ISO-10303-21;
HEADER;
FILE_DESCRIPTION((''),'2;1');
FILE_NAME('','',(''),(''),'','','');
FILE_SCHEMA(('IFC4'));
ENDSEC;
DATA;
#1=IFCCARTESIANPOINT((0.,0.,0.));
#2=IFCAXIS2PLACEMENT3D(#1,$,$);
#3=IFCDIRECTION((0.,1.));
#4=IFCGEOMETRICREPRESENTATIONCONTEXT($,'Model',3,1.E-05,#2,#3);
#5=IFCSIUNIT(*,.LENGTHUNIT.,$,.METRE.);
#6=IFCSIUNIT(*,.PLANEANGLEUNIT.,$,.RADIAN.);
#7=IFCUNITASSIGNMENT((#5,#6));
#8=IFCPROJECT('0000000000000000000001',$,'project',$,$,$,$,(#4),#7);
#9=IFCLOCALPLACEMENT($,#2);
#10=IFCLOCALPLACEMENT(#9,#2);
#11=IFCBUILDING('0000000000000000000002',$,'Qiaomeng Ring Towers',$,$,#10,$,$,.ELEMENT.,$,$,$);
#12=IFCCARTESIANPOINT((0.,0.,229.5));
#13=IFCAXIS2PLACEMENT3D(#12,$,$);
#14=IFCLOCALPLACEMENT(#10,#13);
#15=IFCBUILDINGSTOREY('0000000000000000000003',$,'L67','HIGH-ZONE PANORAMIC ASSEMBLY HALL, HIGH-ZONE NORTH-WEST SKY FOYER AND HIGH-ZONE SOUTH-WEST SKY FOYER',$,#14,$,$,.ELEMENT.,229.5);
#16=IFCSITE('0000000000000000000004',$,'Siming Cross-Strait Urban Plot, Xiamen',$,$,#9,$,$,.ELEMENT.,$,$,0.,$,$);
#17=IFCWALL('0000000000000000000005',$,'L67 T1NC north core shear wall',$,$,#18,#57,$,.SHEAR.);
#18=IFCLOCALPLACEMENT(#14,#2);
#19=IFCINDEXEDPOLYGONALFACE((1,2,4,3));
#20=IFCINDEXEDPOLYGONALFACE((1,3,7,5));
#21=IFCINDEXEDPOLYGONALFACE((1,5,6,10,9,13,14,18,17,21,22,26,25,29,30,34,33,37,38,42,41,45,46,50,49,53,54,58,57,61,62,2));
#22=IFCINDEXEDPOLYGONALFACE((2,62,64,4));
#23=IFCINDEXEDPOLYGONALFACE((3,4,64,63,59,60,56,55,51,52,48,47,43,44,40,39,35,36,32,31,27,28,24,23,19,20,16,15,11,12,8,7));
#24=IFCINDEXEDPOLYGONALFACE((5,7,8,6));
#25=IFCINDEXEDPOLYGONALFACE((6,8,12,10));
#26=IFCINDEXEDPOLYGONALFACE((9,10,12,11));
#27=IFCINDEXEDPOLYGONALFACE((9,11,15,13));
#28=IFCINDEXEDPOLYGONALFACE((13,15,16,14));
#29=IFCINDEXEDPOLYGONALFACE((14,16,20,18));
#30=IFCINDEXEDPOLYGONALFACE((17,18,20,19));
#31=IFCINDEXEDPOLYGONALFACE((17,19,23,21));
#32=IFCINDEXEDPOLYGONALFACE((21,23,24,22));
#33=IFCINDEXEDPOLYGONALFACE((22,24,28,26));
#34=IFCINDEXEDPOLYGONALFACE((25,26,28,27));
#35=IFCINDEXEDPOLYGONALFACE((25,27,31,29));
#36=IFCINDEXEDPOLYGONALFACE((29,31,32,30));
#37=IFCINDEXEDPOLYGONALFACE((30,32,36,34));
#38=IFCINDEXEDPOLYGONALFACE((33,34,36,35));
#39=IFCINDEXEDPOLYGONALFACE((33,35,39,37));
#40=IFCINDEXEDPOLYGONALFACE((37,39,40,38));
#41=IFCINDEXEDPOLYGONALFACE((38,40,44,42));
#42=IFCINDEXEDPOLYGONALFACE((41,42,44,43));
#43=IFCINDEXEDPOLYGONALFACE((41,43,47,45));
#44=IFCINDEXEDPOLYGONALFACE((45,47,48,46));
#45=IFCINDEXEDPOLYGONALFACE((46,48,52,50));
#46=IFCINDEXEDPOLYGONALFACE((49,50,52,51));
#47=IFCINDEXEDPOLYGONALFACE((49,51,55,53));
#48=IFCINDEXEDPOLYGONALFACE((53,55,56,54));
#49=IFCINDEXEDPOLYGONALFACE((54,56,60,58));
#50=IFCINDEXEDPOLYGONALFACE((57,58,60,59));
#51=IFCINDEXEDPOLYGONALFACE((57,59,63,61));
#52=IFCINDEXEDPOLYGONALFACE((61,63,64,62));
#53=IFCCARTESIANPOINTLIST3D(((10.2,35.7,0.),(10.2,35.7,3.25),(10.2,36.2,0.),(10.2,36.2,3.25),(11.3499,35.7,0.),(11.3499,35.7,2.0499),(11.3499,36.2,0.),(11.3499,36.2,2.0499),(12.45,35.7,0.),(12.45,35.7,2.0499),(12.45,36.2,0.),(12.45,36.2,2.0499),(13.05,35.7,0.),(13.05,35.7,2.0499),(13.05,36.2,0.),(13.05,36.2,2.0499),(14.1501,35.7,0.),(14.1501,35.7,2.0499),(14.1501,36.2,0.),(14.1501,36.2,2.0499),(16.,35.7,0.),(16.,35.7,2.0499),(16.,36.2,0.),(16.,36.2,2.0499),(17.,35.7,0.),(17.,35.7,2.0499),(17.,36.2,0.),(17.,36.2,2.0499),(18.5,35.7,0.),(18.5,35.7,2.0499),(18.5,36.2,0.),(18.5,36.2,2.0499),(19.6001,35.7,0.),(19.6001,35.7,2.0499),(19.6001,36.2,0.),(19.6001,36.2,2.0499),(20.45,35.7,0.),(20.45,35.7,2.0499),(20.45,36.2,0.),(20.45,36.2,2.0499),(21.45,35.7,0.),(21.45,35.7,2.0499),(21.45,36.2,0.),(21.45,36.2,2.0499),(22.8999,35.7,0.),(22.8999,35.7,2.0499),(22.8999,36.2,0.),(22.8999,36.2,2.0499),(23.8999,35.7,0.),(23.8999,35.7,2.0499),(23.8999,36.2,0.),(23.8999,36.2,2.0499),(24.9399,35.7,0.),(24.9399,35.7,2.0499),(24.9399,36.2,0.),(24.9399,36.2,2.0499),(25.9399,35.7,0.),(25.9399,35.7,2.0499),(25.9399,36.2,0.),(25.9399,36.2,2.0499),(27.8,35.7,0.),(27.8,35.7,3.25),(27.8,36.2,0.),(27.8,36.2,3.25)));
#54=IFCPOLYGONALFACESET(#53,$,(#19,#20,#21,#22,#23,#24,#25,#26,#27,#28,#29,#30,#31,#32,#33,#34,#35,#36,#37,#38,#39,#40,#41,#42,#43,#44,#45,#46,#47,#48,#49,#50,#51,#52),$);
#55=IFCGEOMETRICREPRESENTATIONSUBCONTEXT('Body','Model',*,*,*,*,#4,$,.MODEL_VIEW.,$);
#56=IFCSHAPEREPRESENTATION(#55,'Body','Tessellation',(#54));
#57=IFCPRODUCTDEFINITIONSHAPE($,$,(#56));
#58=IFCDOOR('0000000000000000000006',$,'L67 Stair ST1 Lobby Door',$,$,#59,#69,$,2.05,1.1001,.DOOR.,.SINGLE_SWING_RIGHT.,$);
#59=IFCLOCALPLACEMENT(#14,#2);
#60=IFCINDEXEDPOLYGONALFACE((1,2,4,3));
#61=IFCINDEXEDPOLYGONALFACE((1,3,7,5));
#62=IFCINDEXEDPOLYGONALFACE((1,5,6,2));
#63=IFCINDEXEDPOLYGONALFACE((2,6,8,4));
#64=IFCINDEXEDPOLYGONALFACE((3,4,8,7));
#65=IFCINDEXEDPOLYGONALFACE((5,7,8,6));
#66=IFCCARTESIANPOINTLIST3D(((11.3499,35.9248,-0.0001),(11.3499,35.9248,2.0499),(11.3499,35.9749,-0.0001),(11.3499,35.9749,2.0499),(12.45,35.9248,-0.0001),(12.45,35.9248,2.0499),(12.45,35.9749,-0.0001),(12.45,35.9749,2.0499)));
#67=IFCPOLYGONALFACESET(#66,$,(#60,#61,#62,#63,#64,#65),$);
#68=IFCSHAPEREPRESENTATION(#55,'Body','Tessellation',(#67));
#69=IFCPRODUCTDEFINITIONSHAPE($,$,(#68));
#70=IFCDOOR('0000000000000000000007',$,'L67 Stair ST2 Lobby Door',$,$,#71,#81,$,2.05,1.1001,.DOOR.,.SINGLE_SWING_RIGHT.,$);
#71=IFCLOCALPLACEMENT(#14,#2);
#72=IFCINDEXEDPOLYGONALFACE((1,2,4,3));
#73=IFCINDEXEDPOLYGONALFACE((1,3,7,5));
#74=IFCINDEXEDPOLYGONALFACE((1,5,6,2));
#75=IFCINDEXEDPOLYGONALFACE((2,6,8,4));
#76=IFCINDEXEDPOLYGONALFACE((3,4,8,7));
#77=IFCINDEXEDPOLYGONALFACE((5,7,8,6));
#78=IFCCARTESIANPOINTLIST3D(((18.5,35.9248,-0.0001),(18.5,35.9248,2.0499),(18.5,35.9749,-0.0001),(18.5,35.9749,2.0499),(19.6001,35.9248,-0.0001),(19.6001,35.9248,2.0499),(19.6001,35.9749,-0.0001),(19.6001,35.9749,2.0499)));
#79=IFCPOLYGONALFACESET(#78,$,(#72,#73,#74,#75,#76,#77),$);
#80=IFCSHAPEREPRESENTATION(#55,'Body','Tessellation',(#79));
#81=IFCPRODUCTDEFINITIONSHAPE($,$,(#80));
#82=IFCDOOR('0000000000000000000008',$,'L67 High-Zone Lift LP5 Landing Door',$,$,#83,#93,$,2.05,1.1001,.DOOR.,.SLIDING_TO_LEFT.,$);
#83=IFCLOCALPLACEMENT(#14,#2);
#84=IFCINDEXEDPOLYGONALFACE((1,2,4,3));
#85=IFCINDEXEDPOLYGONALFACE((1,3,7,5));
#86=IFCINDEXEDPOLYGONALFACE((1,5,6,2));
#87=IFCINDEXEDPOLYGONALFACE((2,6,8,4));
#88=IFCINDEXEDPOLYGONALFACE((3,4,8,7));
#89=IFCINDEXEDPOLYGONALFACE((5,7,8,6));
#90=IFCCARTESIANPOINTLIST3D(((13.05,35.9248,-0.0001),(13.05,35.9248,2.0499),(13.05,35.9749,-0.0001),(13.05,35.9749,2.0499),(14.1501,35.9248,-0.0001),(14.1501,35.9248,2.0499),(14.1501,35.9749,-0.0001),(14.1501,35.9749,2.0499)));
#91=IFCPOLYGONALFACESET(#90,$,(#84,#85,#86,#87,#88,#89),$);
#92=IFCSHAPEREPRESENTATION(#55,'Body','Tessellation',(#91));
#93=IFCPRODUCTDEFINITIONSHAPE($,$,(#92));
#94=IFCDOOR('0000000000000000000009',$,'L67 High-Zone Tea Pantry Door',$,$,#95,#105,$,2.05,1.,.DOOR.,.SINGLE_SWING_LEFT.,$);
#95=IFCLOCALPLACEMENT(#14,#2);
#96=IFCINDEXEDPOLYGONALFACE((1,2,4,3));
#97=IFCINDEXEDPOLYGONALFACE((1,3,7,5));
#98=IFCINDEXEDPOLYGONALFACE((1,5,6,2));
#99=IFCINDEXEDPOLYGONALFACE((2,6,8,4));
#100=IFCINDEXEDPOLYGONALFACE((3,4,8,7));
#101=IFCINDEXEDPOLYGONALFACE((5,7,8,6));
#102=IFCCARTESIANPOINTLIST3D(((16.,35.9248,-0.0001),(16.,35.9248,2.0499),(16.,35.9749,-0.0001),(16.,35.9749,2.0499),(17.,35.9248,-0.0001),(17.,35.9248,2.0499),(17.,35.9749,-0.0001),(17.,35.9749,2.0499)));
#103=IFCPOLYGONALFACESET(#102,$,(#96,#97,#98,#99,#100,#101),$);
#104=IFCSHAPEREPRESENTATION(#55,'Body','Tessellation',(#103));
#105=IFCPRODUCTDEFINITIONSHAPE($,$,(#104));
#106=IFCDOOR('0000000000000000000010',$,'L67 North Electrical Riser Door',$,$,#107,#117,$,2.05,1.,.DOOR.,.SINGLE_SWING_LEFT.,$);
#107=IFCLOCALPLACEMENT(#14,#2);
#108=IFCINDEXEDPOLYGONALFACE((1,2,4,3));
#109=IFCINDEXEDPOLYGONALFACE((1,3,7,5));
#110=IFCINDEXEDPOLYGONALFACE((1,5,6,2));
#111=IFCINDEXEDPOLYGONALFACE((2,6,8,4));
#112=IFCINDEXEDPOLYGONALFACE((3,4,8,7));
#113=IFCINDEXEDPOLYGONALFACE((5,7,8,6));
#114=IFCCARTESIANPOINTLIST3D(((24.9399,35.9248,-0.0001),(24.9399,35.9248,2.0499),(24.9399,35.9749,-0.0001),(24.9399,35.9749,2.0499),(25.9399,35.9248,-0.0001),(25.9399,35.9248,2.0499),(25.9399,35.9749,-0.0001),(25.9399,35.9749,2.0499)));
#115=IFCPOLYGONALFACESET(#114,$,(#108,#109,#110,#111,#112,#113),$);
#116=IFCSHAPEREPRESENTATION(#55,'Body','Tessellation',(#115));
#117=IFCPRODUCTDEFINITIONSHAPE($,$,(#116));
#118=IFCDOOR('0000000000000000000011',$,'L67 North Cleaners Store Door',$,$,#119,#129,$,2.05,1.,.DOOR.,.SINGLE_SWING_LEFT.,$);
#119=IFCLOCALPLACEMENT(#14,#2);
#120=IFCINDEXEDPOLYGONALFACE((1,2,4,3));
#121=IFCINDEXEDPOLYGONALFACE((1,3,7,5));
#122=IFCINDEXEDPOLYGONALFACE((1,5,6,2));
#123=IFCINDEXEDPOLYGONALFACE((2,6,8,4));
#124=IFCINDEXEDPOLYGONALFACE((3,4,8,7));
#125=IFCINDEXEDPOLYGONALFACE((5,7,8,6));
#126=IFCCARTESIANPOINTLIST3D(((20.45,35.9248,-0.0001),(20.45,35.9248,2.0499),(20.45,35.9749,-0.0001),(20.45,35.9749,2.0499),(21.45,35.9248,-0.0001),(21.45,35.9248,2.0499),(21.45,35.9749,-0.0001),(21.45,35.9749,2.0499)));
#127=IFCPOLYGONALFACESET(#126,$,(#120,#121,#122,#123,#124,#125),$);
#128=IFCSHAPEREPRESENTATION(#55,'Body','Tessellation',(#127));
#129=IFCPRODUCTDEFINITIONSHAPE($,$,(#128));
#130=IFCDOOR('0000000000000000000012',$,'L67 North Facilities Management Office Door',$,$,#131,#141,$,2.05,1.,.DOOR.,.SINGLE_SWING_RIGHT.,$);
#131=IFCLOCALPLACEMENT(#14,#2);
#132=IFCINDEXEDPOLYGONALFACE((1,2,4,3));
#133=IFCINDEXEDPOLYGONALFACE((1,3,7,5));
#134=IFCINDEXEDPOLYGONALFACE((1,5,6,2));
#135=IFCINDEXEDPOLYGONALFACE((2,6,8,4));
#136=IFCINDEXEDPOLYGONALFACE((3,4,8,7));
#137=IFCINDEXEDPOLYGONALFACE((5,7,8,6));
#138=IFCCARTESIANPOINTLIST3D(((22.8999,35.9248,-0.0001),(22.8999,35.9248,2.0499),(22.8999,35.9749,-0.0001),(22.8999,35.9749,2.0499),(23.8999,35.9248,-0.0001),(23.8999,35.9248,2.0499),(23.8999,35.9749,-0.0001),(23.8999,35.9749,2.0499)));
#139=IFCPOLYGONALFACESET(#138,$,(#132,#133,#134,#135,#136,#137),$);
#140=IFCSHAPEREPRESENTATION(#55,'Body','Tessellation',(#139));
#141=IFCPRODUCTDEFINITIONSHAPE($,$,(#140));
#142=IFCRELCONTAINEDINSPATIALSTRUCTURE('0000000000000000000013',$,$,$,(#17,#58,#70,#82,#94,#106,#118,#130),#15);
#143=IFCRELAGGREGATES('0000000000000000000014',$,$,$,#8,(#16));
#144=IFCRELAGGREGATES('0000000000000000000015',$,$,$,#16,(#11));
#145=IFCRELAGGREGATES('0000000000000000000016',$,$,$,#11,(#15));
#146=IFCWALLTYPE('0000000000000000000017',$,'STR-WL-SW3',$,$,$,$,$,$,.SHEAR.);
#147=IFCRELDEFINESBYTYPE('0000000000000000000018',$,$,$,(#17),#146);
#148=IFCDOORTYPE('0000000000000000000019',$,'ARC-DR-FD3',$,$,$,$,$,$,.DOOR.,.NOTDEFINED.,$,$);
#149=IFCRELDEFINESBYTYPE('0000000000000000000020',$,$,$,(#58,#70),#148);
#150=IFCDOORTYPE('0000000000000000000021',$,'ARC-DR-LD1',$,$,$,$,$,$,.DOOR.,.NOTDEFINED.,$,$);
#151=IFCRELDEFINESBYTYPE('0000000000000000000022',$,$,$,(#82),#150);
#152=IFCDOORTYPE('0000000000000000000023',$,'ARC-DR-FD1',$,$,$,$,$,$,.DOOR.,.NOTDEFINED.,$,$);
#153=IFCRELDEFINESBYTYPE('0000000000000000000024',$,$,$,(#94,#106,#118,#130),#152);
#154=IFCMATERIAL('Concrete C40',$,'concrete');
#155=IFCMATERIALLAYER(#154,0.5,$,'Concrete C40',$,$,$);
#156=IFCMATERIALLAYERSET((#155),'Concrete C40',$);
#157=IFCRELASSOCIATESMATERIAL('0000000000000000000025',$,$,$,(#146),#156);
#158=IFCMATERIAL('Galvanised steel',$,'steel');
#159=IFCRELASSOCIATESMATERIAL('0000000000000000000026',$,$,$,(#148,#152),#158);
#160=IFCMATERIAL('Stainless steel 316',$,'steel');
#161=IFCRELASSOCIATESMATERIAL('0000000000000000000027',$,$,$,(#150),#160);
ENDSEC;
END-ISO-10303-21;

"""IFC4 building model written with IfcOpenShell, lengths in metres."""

from ifc_helpers import new_model, si_unit, direction, frame, frame_2d, origin, place, context, subcontext, project, spatial, rectangle, extrude, source, transform, mapped, material, layer, layer_set, type_object, element, fill, save


model = new_model("IFC4")

# Units and contexts
model_context = context("Model", 3, precision=1e-05, world=origin(), true_north=direction((0.0, 1.0)))
body_context = subcontext(model_context, "Body", "Model", "MODEL_VIEW")
ifc_project = project(units=[si_unit("LENGTHUNIT", "METRE"), si_unit("PLANEANGLEUNIT", "RADIAN")], contexts=[model_context])

# Site, building, storey
site_placement = place(None, origin())
site = spatial("IfcSite", under=ifc_project, at=site_placement, Name="Siming Cross-Strait Urban Plot, Xiamen", CompositionType="ELEMENT", RefElevation=0.0)
building_placement = place(site_placement, origin())
building = spatial("IfcBuilding", under=site, at=building_placement, Name="Qiaomeng Ring Towers", CompositionType="ELEMENT")
storey_placement = place(building_placement, frame((0.0, 0.0, 229.5)))
storey = spatial("IfcBuildingStorey", under=building, at=storey_placement, Name="L67", Description="HIGH-ZONE PANORAMIC ASSEMBLY HALL, HIGH-ZONE NORTH-WEST SKY FOYER AND HIGH-ZONE SOUTH-WEST SKY FOYER", CompositionType="ELEMENT", Elevation=229.5)

# Shared definitions
ifc_material_1 = material(Name="Concrete C40", Category="concrete")

# Wall, openings, doors
ifc_layer_1 = layer(ifc_material_1, 0.5, Name="Concrete C40")
ifc_layer_set_1 = layer_set([ifc_layer_1], Name="Concrete C40")
wall_type_1 = type_object("IfcWallType", Name="STR-WL-SW3", PredefinedType="SHEAR", material=ifc_layer_set_1)
wall_1_placement = place(storey_placement, frame((10.2, 35.95, 0.0), z_axis=(0.0, 0.0, 1.0), x_axis=(1.0, 0.0, 0.0)))
wall_1 = element("IfcWall", 1, at=wall_1_placement, inside=storey, type_object=wall_type_1, Name="L67 T1NC north core shear wall", PredefinedType="SHEAR", context=body_context, shape_type="SweptSolid", body=[
    extrude(rectangle(XDim=17.6001, YDim=0.5, at=frame_2d((8.8, 0.0))), origin(), (0.0, 0.0, 1.0), 3.25),
])
opening_1_placement = place(wall_1_placement, frame((1.1499, 0.0, 0.0)))
opening_1 = element("IfcOpeningElement", 2, at=opening_1_placement, cuts=wall_1, PredefinedType="OPENING", context=body_context, shape_type="SweptSolid", body=[
    extrude(rectangle(XDim=1.1001, YDim=2.05, at=frame_2d((0.55, 1.0249))), frame((0.0, 0.26, 0.0), z_axis=(0.0, -1.0, 0.0), x_axis=(1.0, 0.0, 0.0)), (0.0, 0.0, 1.0), 0.52),
])
opening_2_placement = place(wall_1_placement, frame((8.3, 0.0, 0.0)))
opening_2 = element("IfcOpeningElement", 3, at=opening_2_placement, cuts=wall_1, PredefinedType="OPENING", context=body_context, shape_type="SweptSolid", body=[
    extrude(rectangle(XDim=1.1001, YDim=2.05, at=frame_2d((0.55, 1.0249))), frame((0.0, 0.26, 0.0), z_axis=(0.0, -1.0, 0.0), x_axis=(1.0, 0.0, 0.0)), (0.0, 0.0, 1.0), 0.52),
])
opening_3_placement = place(wall_1_placement, frame((2.8501, 0.0, 0.0)))
opening_3 = element("IfcOpeningElement", 4, at=opening_3_placement, cuts=wall_1, PredefinedType="OPENING", context=body_context, shape_type="SweptSolid", body=[
    extrude(rectangle(XDim=1.1001, YDim=2.05, at=frame_2d((0.55, 1.0249))), frame((0.0, 0.26, 0.0), z_axis=(0.0, -1.0, 0.0), x_axis=(1.0, 0.0, 0.0)), (0.0, 0.0, 1.0), 0.52),
])
opening_4_placement = place(wall_1_placement, frame((5.8, 0.0, 0.0)))
opening_4 = element("IfcOpeningElement", 5, at=opening_4_placement, cuts=wall_1, PredefinedType="OPENING", context=body_context, shape_type="SweptSolid", body=[
    extrude(rectangle(XDim=1.0, YDim=2.05, at=frame_2d((0.5, 1.0249))), frame((0.0, 0.26, 0.0), z_axis=(0.0, -1.0, 0.0), x_axis=(1.0, 0.0, 0.0)), (0.0, 0.0, 1.0), 0.52),
])
opening_5_placement = place(wall_1_placement, frame((14.74, 0.0, 0.0)))
opening_5 = element("IfcOpeningElement", 6, at=opening_5_placement, cuts=wall_1, PredefinedType="OPENING", context=body_context, shape_type="SweptSolid", body=[
    extrude(rectangle(XDim=1.0, YDim=2.05, at=frame_2d((0.5, 1.0249))), frame((0.0, 0.26, 0.0), z_axis=(0.0, -1.0, 0.0), x_axis=(1.0, 0.0, 0.0)), (0.0, 0.0, 1.0), 0.52),
])
opening_6_placement = place(wall_1_placement, frame((10.25, 0.0, 0.0)))
opening_6 = element("IfcOpeningElement", 7, at=opening_6_placement, cuts=wall_1, PredefinedType="OPENING", context=body_context, shape_type="SweptSolid", body=[
    extrude(rectangle(XDim=1.0, YDim=2.05, at=frame_2d((0.5, 1.0249))), frame((0.0, 0.26, 0.0), z_axis=(0.0, -1.0, 0.0), x_axis=(1.0, 0.0, 0.0)), (0.0, 0.0, 1.0), 0.52),
])
opening_7_placement = place(wall_1_placement, frame((12.7, 0.0, 0.0)))
opening_7 = element("IfcOpeningElement", 8, at=opening_7_placement, cuts=wall_1, PredefinedType="OPENING", context=body_context, shape_type="SweptSolid", body=[
    extrude(rectangle(XDim=1.0, YDim=2.05, at=frame_2d((0.5, 1.0249))), frame((0.0, 0.26, 0.0), z_axis=(0.0, -1.0, 0.0), x_axis=(1.0, 0.0, 0.0)), (0.0, 0.0, 1.0), 0.52),
])
ifc_material_2 = material(Name="Galvanised steel", Category="steel")
door_type_1 = type_object("IfcDoorType", Name="ARC-DR-FD3", OperationType="NOTDEFINED", PredefinedType="DOOR", material=ifc_material_2)
shared_shape_1 = source(origin(), body_context, "Body", "SweptSolid", [
    extrude(rectangle(XDim=1.1001, YDim=2.05, at=frame_2d((0.55, 1.0249))), frame((0.0, 0.0249, 0.0), z_axis=(0.0, -1.0, 0.0), x_axis=(1.0, 0.0, 0.0)), (0.0, 0.0, 1.0), 0.05),
])
door_1_placement = place(opening_1_placement, origin())
door_1 = element("IfcDoor", 9, at=door_1_placement, inside=storey, type_object=door_type_1, Name="L67 Stair ST1 Lobby Door", OperationType="SINGLE_SWING_RIGHT", OverallHeight=2.05, OverallWidth=1.1001, PredefinedType="DOOR", context=body_context, shape_type="MappedRepresentation", body=[
    mapped(shared_shape_1, transform((0.0, 0.0, 0.0), x_axis=(1.0, 0.0, 0.0), y_axis=(0.0, 1.0, 0.0), z_axis=(0.0, 0.0, 1.0), scale=1.0)),
])
fill(opening_1, door_1)
door_2_placement = place(opening_2_placement, origin())
door_2 = element("IfcDoor", 10, at=door_2_placement, inside=storey, type_object=door_type_1, Name="L67 Stair ST2 Lobby Door", OperationType="SINGLE_SWING_RIGHT", OverallHeight=2.05, OverallWidth=1.1001, PredefinedType="DOOR", context=body_context, shape_type="MappedRepresentation", body=[
    mapped(shared_shape_1, transform((0.0, 0.0, 0.0), x_axis=(1.0, 0.0, 0.0), y_axis=(0.0, 1.0, 0.0), z_axis=(0.0, 0.0, 1.0), scale=1.0)),
])
fill(opening_2, door_2)
ifc_material_3 = material(Name="Stainless steel 316", Category="steel")
door_type_2 = type_object("IfcDoorType", Name="ARC-DR-LD1", OperationType="NOTDEFINED", PredefinedType="DOOR", material=ifc_material_3)
door_3_placement = place(opening_3_placement, origin())
door_3 = element("IfcDoor", 11, at=door_3_placement, inside=storey, type_object=door_type_2, Name="L67 High-Zone Lift LP5 Landing Door", OperationType="SLIDING_TO_LEFT", OverallHeight=2.05, OverallWidth=1.1001, PredefinedType="DOOR", context=body_context, shape_type="MappedRepresentation", body=[
    mapped(shared_shape_1, transform((0.0, 0.0, 0.0), x_axis=(1.0, 0.0, 0.0), y_axis=(0.0, 1.0, 0.0), z_axis=(0.0, 0.0, 1.0), scale=1.0)),
])
fill(opening_3, door_3)
door_type_3 = type_object("IfcDoorType", Name="ARC-DR-FD1", OperationType="NOTDEFINED", PredefinedType="DOOR", material=ifc_material_2)
shared_shape_2 = source(origin(), body_context, "Body", "SweptSolid", [
    extrude(rectangle(XDim=1.0, YDim=2.05, at=frame_2d((0.5, 1.0249))), frame((0.0, 0.0249, 0.0), z_axis=(0.0, -1.0, 0.0), x_axis=(1.0, 0.0, 0.0)), (0.0, 0.0, 1.0), 0.05),
])
door_4_placement = place(opening_4_placement, origin())
door_4 = element("IfcDoor", 12, at=door_4_placement, inside=storey, type_object=door_type_3, Name="L67 High-Zone Tea Pantry Door", OperationType="SINGLE_SWING_LEFT", OverallHeight=2.05, OverallWidth=1.0, PredefinedType="DOOR", context=body_context, shape_type="MappedRepresentation", body=[
    mapped(shared_shape_2, transform((0.0, 0.0, 0.0), x_axis=(1.0, 0.0, 0.0), y_axis=(0.0, 1.0, 0.0), z_axis=(0.0, 0.0, 1.0), scale=1.0)),
])
fill(opening_4, door_4)
door_5_placement = place(opening_5_placement, origin())
door_5 = element("IfcDoor", 13, at=door_5_placement, inside=storey, type_object=door_type_3, Name="L67 North Electrical Riser Door", OperationType="SINGLE_SWING_LEFT", OverallHeight=2.05, OverallWidth=1.0, PredefinedType="DOOR", context=body_context, shape_type="MappedRepresentation", body=[
    mapped(shared_shape_2, transform((0.0, 0.0, 0.0), x_axis=(1.0, 0.0, 0.0), y_axis=(0.0, 1.0, 0.0), z_axis=(0.0, 0.0, 1.0), scale=1.0)),
])
fill(opening_5, door_5)
door_6_placement = place(opening_6_placement, origin())
door_6 = element("IfcDoor", 14, at=door_6_placement, inside=storey, type_object=door_type_3, Name="L67 North Cleaners Store Door", OperationType="SINGLE_SWING_LEFT", OverallHeight=2.05, OverallWidth=1.0, PredefinedType="DOOR", context=body_context, shape_type="MappedRepresentation", body=[
    mapped(shared_shape_2, transform((0.0, 0.0, 0.0), x_axis=(1.0, 0.0, 0.0), y_axis=(0.0, 1.0, 0.0), z_axis=(0.0, 0.0, 1.0), scale=1.0)),
])
fill(opening_6, door_6)
door_7_placement = place(opening_7_placement, origin())
door_7 = element("IfcDoor", 15, at=door_7_placement, inside=storey, type_object=door_type_3, Name="L67 North Facilities Management Office Door", OperationType="SINGLE_SWING_RIGHT", OverallHeight=2.05, OverallWidth=1.0, PredefinedType="DOOR", context=body_context, shape_type="MappedRepresentation", body=[
    mapped(shared_shape_2, transform((0.0, 0.0, 0.0), x_axis=(1.0, 0.0, 0.0), y_axis=(0.0, 1.0, 0.0), z_axis=(0.0, 0.0, 1.0), scale=1.0)),
])
fill(opening_7, door_7)

save(model, "model.ifc")
